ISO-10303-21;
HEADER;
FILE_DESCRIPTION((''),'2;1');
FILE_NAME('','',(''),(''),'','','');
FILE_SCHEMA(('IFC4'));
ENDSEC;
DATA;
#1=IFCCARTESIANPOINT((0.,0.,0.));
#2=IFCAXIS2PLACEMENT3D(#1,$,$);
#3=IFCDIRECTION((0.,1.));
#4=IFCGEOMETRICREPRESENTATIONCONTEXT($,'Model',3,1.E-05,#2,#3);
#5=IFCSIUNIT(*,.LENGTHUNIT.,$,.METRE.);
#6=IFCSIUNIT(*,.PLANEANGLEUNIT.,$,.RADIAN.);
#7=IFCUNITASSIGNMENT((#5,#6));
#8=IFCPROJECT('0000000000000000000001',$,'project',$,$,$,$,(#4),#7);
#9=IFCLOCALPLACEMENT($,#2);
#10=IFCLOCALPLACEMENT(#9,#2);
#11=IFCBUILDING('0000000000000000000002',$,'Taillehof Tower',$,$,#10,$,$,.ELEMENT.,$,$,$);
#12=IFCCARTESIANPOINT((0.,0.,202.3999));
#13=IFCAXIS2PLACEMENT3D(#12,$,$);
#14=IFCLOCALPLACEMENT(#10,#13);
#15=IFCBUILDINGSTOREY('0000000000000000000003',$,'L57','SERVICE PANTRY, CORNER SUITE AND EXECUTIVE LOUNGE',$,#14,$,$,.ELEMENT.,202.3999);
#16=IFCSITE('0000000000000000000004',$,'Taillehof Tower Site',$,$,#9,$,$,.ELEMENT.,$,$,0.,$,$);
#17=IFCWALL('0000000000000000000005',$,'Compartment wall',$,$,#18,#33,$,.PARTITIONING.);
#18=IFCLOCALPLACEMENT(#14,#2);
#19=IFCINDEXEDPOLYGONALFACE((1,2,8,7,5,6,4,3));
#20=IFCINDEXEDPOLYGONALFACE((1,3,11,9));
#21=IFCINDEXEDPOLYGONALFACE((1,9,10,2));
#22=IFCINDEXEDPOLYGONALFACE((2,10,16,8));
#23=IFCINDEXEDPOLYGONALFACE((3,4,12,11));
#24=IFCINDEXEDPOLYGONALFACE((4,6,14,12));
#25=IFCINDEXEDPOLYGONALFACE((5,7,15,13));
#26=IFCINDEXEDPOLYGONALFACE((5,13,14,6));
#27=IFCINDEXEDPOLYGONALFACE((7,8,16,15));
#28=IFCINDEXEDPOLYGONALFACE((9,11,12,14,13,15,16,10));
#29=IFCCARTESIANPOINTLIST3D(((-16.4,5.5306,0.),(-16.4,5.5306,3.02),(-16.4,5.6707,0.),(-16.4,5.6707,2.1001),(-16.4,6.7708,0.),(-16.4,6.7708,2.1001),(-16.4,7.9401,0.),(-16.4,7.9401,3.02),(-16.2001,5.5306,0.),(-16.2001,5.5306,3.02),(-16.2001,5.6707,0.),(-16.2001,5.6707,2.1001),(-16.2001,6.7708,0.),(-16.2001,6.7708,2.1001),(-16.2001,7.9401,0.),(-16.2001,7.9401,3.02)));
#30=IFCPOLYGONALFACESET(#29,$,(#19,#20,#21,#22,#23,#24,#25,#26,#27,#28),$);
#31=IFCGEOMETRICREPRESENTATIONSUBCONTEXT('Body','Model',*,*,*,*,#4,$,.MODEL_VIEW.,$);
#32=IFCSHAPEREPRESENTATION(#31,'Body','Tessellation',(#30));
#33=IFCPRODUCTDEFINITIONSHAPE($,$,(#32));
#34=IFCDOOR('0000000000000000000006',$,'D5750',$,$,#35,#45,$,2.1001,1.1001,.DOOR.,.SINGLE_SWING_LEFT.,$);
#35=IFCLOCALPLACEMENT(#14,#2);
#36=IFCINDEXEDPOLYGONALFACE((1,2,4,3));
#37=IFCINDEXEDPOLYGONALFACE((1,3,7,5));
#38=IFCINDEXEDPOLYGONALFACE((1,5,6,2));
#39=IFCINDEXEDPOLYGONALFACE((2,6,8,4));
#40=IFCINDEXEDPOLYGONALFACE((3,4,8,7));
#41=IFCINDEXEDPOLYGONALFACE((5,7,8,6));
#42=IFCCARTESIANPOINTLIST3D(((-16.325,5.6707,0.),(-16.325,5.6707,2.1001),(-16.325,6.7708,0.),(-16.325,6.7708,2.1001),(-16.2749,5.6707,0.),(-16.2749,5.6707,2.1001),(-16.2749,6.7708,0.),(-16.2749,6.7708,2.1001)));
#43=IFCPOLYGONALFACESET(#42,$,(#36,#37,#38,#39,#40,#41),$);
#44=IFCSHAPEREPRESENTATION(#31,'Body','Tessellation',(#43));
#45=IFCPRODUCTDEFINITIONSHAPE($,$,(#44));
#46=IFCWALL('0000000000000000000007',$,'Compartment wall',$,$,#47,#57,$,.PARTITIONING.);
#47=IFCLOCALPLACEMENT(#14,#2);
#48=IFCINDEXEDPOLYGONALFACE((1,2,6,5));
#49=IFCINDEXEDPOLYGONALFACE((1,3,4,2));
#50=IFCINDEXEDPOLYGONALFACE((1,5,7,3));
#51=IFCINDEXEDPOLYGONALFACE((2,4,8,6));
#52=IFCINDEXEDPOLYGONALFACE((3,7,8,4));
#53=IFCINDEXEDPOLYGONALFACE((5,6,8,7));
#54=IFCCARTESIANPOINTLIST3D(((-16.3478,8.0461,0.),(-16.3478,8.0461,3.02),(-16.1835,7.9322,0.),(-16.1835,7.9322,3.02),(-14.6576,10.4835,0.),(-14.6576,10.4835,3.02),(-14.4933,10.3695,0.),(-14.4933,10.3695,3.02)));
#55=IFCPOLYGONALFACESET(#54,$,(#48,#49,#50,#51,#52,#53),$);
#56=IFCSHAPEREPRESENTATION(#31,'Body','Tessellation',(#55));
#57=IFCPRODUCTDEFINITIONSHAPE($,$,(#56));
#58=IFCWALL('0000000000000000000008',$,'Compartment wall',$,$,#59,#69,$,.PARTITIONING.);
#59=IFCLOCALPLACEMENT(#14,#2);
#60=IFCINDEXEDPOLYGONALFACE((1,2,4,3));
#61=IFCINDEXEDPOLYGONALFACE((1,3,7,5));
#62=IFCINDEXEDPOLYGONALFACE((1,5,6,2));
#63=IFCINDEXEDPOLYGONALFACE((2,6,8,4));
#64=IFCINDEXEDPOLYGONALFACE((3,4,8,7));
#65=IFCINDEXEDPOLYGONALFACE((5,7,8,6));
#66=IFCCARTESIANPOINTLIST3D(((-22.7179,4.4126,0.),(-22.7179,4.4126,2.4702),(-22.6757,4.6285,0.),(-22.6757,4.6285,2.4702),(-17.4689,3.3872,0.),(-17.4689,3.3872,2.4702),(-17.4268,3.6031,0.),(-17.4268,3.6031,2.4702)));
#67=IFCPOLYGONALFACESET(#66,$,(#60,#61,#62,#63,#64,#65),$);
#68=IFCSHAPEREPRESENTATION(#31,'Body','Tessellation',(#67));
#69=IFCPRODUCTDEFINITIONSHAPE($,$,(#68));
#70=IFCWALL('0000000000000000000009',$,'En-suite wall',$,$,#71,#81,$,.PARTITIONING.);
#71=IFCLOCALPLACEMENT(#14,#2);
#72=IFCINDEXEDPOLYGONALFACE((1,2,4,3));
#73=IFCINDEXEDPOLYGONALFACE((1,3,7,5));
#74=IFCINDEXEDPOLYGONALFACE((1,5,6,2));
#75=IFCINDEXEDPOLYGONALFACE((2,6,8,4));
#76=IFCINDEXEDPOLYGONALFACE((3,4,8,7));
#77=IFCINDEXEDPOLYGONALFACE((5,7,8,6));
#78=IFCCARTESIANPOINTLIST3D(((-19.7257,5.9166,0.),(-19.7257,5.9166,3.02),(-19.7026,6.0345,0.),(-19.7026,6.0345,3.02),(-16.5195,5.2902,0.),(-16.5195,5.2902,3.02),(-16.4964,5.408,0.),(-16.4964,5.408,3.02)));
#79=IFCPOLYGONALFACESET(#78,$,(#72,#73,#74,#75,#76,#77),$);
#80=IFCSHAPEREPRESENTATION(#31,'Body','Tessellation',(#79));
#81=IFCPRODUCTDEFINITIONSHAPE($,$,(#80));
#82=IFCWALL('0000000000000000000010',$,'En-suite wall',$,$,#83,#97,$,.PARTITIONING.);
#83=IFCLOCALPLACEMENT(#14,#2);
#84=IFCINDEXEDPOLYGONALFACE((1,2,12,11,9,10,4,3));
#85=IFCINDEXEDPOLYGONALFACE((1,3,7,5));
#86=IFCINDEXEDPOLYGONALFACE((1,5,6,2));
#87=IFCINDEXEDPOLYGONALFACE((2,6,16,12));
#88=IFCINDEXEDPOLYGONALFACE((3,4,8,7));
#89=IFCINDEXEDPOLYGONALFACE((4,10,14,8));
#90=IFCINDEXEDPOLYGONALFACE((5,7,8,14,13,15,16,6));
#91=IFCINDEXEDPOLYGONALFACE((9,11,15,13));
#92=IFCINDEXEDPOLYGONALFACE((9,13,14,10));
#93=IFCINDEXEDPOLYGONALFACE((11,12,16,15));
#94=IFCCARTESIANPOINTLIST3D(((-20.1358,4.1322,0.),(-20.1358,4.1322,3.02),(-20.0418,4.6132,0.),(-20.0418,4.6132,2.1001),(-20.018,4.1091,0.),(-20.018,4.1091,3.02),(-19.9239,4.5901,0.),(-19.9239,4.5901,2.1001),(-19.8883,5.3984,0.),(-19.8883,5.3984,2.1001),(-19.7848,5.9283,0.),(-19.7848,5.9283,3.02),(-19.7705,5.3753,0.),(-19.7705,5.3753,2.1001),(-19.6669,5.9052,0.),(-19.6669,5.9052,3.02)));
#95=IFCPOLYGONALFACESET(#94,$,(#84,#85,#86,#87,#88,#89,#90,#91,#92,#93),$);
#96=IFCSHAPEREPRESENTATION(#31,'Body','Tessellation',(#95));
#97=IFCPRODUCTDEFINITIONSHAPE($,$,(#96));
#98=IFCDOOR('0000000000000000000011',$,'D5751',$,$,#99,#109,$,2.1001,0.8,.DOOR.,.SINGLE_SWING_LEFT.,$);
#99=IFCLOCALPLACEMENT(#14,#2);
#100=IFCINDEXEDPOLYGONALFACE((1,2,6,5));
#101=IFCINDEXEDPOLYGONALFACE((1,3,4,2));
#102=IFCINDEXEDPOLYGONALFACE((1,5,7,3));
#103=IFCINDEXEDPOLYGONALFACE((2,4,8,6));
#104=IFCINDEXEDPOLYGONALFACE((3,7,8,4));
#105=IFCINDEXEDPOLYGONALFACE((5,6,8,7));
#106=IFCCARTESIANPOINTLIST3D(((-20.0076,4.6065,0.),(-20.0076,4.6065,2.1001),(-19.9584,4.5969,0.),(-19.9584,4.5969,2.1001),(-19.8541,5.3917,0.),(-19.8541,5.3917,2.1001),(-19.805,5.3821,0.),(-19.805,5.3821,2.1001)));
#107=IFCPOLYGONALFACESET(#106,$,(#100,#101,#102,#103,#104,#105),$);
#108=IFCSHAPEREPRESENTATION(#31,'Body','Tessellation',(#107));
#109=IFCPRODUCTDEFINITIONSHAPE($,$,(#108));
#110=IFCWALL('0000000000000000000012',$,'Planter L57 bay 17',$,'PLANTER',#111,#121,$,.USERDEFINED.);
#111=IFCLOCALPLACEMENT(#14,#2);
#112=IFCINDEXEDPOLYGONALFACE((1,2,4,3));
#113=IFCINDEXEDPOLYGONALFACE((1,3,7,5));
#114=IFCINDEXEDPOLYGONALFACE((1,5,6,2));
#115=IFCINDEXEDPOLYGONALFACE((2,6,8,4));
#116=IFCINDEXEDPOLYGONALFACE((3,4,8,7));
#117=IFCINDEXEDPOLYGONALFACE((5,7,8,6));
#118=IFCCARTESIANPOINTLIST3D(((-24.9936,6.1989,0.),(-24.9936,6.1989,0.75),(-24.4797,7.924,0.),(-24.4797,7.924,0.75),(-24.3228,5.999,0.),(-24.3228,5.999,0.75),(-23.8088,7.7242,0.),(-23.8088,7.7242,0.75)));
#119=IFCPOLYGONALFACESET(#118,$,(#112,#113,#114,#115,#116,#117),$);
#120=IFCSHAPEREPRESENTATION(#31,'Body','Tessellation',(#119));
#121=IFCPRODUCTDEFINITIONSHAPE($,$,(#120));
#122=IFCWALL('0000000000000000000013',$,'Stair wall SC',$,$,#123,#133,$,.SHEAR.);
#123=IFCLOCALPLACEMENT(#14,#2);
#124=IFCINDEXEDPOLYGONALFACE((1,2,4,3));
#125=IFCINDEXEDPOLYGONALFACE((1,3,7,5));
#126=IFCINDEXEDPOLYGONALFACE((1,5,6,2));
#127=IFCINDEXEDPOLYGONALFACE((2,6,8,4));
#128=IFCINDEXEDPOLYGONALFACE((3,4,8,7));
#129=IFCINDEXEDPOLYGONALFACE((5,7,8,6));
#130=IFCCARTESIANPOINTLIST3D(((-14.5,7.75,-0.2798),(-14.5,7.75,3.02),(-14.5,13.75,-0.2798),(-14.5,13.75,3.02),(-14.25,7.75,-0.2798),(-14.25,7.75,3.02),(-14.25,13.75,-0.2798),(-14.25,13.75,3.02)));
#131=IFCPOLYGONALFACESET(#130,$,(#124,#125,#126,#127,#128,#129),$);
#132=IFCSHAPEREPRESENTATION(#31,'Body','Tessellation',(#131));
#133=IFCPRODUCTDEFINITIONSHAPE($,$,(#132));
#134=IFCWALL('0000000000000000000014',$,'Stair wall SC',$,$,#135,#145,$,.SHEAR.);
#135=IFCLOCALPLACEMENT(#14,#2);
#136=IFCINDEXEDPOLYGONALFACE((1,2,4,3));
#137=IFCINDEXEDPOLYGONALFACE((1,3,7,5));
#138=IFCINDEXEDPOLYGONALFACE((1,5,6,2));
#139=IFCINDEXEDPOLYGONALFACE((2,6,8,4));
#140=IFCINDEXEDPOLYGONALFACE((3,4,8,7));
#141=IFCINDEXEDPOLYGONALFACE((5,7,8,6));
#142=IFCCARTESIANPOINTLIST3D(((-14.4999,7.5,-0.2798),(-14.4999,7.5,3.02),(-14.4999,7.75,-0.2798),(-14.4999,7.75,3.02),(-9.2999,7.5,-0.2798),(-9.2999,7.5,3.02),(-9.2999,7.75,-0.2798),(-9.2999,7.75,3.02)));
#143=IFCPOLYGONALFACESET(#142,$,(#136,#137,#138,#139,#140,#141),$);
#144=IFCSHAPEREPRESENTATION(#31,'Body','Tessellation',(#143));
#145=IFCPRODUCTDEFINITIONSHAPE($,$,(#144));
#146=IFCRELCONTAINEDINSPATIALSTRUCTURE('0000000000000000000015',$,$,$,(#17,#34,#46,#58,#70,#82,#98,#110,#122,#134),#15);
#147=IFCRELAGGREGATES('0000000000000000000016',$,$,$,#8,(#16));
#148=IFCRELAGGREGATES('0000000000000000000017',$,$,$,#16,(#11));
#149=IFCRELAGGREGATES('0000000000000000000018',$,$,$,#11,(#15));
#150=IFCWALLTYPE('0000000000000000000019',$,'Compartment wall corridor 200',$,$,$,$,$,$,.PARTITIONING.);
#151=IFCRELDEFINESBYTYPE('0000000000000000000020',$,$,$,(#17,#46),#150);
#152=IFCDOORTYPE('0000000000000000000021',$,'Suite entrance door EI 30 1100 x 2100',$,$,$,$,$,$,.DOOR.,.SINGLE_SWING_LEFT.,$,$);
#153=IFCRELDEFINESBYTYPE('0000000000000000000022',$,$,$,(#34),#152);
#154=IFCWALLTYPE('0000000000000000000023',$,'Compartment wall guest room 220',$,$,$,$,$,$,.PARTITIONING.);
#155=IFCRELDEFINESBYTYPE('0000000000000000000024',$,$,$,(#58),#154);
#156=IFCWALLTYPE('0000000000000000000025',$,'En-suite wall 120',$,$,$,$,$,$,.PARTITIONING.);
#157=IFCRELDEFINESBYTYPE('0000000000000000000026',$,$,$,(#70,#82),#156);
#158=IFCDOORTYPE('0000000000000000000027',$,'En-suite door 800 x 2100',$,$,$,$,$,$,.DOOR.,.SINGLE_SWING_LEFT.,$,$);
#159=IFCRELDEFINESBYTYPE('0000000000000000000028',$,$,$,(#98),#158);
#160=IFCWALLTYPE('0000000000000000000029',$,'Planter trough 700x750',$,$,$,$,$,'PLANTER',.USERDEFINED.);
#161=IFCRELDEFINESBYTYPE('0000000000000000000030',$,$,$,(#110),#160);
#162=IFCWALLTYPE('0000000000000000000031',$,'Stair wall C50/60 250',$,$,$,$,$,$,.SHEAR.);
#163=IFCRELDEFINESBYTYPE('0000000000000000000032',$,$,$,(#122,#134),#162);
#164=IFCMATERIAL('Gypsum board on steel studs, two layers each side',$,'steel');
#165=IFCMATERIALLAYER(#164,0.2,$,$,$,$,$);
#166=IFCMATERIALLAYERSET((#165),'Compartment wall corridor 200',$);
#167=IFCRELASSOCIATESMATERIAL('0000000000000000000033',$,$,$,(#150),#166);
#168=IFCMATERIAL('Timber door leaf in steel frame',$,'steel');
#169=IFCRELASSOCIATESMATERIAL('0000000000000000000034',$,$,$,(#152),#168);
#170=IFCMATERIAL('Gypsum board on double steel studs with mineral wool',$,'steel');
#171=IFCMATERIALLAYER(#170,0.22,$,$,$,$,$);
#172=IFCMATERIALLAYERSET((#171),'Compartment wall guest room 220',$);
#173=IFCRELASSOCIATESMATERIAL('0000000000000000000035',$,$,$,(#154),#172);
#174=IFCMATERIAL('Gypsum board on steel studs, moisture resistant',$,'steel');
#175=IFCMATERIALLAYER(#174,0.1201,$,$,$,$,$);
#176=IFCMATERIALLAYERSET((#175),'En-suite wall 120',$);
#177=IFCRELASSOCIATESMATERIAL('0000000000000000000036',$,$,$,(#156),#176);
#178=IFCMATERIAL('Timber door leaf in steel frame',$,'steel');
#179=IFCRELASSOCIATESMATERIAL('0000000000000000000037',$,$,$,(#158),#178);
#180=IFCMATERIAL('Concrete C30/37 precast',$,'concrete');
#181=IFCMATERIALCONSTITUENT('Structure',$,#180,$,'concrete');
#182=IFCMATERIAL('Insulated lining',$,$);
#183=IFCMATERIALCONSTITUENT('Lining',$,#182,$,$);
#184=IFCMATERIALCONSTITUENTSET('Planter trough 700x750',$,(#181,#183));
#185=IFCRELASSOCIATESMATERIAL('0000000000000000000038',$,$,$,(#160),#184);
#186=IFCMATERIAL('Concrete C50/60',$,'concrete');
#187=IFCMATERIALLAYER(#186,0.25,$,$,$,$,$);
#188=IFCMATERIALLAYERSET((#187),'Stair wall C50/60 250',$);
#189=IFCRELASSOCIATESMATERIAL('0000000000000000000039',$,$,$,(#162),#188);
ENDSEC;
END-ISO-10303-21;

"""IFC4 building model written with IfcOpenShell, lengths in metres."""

from ifc_helpers import new_model, si_unit, direction, frame, frame_2d, origin, place, context, subcontext, project, spatial, rectangle, extrude, material, layer, layer_set, constituent, constituent_set, type_object, element, fill, save


model = new_model("IFC4")

# Units and contexts
model_context = context("Model", 3, precision=1e-05, world=origin(), true_north=direction((0.0, 1.0)))
body_context = subcontext(model_context, "Body", "Model", "MODEL_VIEW")
ifc_project = project(units=[si_unit("LENGTHUNIT", "METRE"), si_unit("PLANEANGLEUNIT", "RADIAN")], contexts=[model_context])

# Site, building, storey
site_placement = place(None, origin())
site = spatial("IfcSite", under=ifc_project, at=site_placement, Name="Taillehof Tower Site", CompositionType="ELEMENT", RefElevation=0.0)
building_placement = place(site_placement, origin())
building = spatial("IfcBuilding", under=site, at=building_placement, Name="Taillehof Tower", CompositionType="ELEMENT")
storey_placement = place(building_placement, frame((0.0, 0.0, 202.3999)))
storey = spatial("IfcBuildingStorey", under=building, at=storey_placement, Name="L57", Description="SERVICE PANTRY, CORNER SUITE AND EXECUTIVE LOUNGE", CompositionType="ELEMENT", Elevation=202.3999)

# Shared definitions
ifc_material_1 = material(Name="Gypsum board on steel studs, two layers each side", Category="steel")
ifc_layer_1 = layer(ifc_material_1, 0.2)
ifc_layer_set_1 = layer_set([ifc_layer_1], Name="Compartment wall corridor 200")
wall_type_1 = type_object("IfcWallType", Name="Compartment wall corridor 200", PredefinedType="PARTITIONING", material=ifc_layer_set_1)

# Wall, opening, door
wall_1_placement = place(storey_placement, frame((-16.3, 5.5308, 0.0), z_axis=(0.0, 0.0, 1.0), x_axis=(0.0, 1.0, 0.0)))
wall_1 = element("IfcWall", 1, at=wall_1_placement, inside=storey, type_object=wall_type_1, Name="Compartment wall", PredefinedType="PARTITIONING", context=body_context, shape_type="SweptSolid", body=[
    extrude(rectangle(XDim=2.4094, YDim=0.2, at=frame_2d((1.2046, 0.0))), origin(), (0.0, 0.0, 1.0), 3.02),
])
opening_1_placement = place(wall_1_placement, frame((0.1399, 0.0, 0.0)))
opening_1 = element("IfcOpeningElement", 2, at=opening_1_placement, cuts=wall_1, PredefinedType="OPENING", context=body_context, shape_type="SweptSolid", body=[
    extrude(rectangle(XDim=1.1001, YDim=2.1001, at=frame_2d((0.55, 1.05))), frame((0.0, 0.1099, 0.0), z_axis=(0.0, -1.0, 0.0), x_axis=(1.0, 0.0, 0.0)), (0.0, 0.0, 1.0), 0.22),
])
ifc_material_2 = material(Name="Timber door leaf in steel frame", Category="steel")
door_type_1 = type_object("IfcDoorType", Name="Suite entrance door EI 30 1100 x 2100", OperationType="SINGLE_SWING_LEFT", PredefinedType="DOOR", material=ifc_material_2)
door_1_placement = place(opening_1_placement, origin())
door_1 = element("IfcDoor", 3, at=door_1_placement, inside=storey, type_object=door_type_1, Name="D5750", OperationType="SINGLE_SWING_LEFT", OverallHeight=2.1001, OverallWidth=1.1001, PredefinedType="DOOR", context=body_context, shape_type="SweptSolid", body=[
    extrude(rectangle(XDim=1.1001, YDim=2.1001, at=frame_2d((0.55, 1.05))), frame((0.0, 0.0249, 0.0), z_axis=(0.0, -1.0, 0.0), x_axis=(1.0, 0.0, 0.0)), (0.0, 0.0, 1.0), 0.05),
])
fill(opening_1, door_1)

# Walls
wall_2_placement = place(storey_placement, frame((-16.2656, 7.9893, 0.0), z_axis=(0.0, 0.0, 1.0), x_axis=(0.56986, 0.821742, 0.0)))
element("IfcWall", 4, at=wall_2_placement, inside=storey, type_object=wall_type_1, Name="Compartment wall", PredefinedType="PARTITIONING", context=body_context, shape_type="SweptSolid", body=[
    extrude(rectangle(XDim=2.9661, YDim=0.2, at=frame_2d((1.4829, 0.0))), origin(), (0.0, 0.0, 1.0), 3.02),
])
ifc_material_3 = material(Name="Gypsum board on double steel studs with mineral wool", Category="steel")
ifc_layer_2 = layer(ifc_material_3, 0.22)
ifc_layer_set_2 = layer_set([ifc_layer_2], Name="Compartment wall guest room 220")
wall_type_2 = type_object("IfcWallType", Name="Compartment wall guest room 220", PredefinedType="PARTITIONING", material=ifc_layer_set_2)
wall_3_placement = place(storey_placement, frame((-22.6968, 4.5205, 0.0), z_axis=(0.0, 0.0, 1.0), x_axis=(0.981449, -0.191725, 0.0)))
element("IfcWall", 5, at=wall_3_placement, inside=storey, type_object=wall_type_2, Name="Compartment wall", PredefinedType="PARTITIONING", context=body_context, shape_type="SweptSolid", body=[
    extrude(rectangle(XDim=5.3481, YDim=0.22, at=frame_2d((2.6741, 0.0))), origin(), (0.0, 0.0, 1.0), 2.4702),
])
ifc_material_4 = material(Name="Gypsum board on steel studs, moisture resistant", Category="steel")
ifc_layer_3 = layer(ifc_material_4, 0.1201)
ifc_layer_set_3 = layer_set([ifc_layer_3], Name="En-suite wall 120")
wall_type_3 = type_object("IfcWallType", Name="En-suite wall 120", PredefinedType="PARTITIONING", material=ifc_layer_set_3)
wall_4_placement = place(storey_placement, frame((-16.5081, 5.3491, 0.0), z_axis=(0.0, 0.0, 1.0), x_axis=(-0.981442, 0.19176, 0.0)))
element("IfcWall", 6, at=wall_4_placement, inside=storey, type_object=wall_type_3, Name="En-suite wall", PredefinedType="PARTITIONING", context=body_context, shape_type="SweptSolid", body=[
    extrude(rectangle(XDim=3.2668, YDim=0.1201, at=frame_2d((1.6333, 0.0))), origin(), (0.0, 0.0, 1.0), 3.02),
])

# Wall, opening, door
wall_5_placement = place(storey_placement, frame((-19.7258, 5.9167, 0.0), z_axis=(0.0, 0.0, 1.0), x_axis=(-0.19183, -0.981428, 0.0)))
wall_5 = element("IfcWall", 7, at=wall_5_placement, inside=storey, type_object=wall_type_3, Name="En-suite wall", PredefinedType="PARTITIONING", context=body_context, shape_type="SweptSolid", body=[
    extrude(rectangle(XDim=1.8301, YDim=0.1201, at=frame_2d((0.915, 0.0))), origin(), (0.0, 0.0, 1.0), 3.02),
])
opening_2_placement = place(wall_5_placement, frame((0.54, 0.0, 0.0)))
opening_2 = element("IfcOpeningElement", 8, at=opening_2_placement, cuts=wall_5, PredefinedType="OPENING", context=body_context, shape_type="SweptSolid", body=[
    extrude(rectangle(XDim=0.8, YDim=2.1001, at=frame_2d((0.3999, 1.05))), frame((0.0, 0.0701, 0.0), z_axis=(0.0, -1.0, 0.0), x_axis=(1.0, 0.0, 0.0)), (0.0, 0.0, 1.0), 0.1401),
])
ifc_material_5 = material(Name="Timber door leaf in steel frame", Category="steel")
door_type_2 = type_object("IfcDoorType", Name="En-suite door 800 x 2100", OperationType="SINGLE_SWING_LEFT", PredefinedType="DOOR", material=ifc_material_5)
door_2_placement = place(opening_2_placement, origin())
door_2 = element("IfcDoor", 9, at=door_2_placement, inside=storey, type_object=door_type_2, Name="D5751", OperationType="SINGLE_SWING_LEFT", OverallHeight=2.1001, OverallWidth=0.8, PredefinedType="DOOR", context=body_context, shape_type="SweptSolid", body=[
    extrude(rectangle(XDim=0.8, YDim=2.1001, at=frame_2d((0.3999, 1.05))), frame((0.0, 0.0249, 0.0), z_axis=(0.0, -1.0, 0.0), x_axis=(1.0, 0.0, 0.0)), (0.0, 0.0, 1.0), 0.05),
])
fill(opening_2, door_2)

# Walls
ifc_material_6 = material(Name="Concrete C30/37 precast", Category="concrete")
ifc_constituent_1 = constituent(ifc_material_6, Name="Structure", Category="concrete")
ifc_material_7 = material(Name="Insulated lining")
ifc_constituent_2 = constituent(ifc_material_7, Name="Lining")
ifc_constituent_set = constituent_set(constituents=[ifc_constituent_1, ifc_constituent_2], Name="Planter trough 700x750")
wall_type_4 = type_object("IfcWallType", Name="Planter trough 700x750", ElementType="PLANTER", PredefinedType="USERDEFINED", material=ifc_constituent_set)
wall_6_placement = place(storey_placement, frame((-24.1443, 7.824, 0.0), z_axis=(0.0, 0.0, 1.0), x_axis=(-0.285506, -0.958377, 0.0)))
element("IfcWall", 10, at=wall_6_placement, inside=storey, type_object=wall_type_4, Name="Planter L57 bay 17", ObjectType="PLANTER", PredefinedType="USERDEFINED", context=body_context, shape_type="SweptSolid", body=[
    extrude(rectangle(XDim=1.8, YDim=0.7, at=frame_2d((0.8999, 0.0))), origin(), (0.0, 0.0, 1.0), 0.75),
])
ifc_material_8 = material(Name="Concrete C50/60", Category="concrete")
ifc_layer_4 = layer(ifc_material_8, 0.25)
ifc_layer_set_4 = layer_set([ifc_layer_4], Name="Stair wall C50/60 250")
wall_type_5 = type_object("IfcWallType", Name="Stair wall C50/60 250", PredefinedType="SHEAR", material=ifc_layer_set_4)
wall_7_placement = place(storey_placement, frame((-14.375, 7.75, -0.2798), z_axis=(0.0, 0.0, 1.0), x_axis=(0.0, 1.0, 0.0)))
element("IfcWall", 11, at=wall_7_placement, inside=storey, type_object=wall_type_5, Name="Stair wall SC", PredefinedType="SHEAR", context=body_context, shape_type="SweptSolid", body=[
    extrude(rectangle(XDim=6.0, YDim=0.25, at=frame_2d((3.0, 0.0))), origin(), (0.0, 0.0, 1.0), 3.2998),
])
wall_8_placement = place(storey_placement, frame((-14.5, 7.625, -0.2798), z_axis=(0.0, 0.0, 1.0), x_axis=(1.0, 0.0, 0.0)))
element("IfcWall", 12, at=wall_8_placement, inside=storey, type_object=wall_type_5, Name="Stair wall SC", PredefinedType="SHEAR", context=body_context, shape_type="SweptSolid", body=[
    extrude(rectangle(XDim=5.2, YDim=0.25, at=frame_2d((2.6001, 0.0))), origin(), (0.0, 0.0, 1.0), 3.2998),
])

save(model, "model.ifc")
